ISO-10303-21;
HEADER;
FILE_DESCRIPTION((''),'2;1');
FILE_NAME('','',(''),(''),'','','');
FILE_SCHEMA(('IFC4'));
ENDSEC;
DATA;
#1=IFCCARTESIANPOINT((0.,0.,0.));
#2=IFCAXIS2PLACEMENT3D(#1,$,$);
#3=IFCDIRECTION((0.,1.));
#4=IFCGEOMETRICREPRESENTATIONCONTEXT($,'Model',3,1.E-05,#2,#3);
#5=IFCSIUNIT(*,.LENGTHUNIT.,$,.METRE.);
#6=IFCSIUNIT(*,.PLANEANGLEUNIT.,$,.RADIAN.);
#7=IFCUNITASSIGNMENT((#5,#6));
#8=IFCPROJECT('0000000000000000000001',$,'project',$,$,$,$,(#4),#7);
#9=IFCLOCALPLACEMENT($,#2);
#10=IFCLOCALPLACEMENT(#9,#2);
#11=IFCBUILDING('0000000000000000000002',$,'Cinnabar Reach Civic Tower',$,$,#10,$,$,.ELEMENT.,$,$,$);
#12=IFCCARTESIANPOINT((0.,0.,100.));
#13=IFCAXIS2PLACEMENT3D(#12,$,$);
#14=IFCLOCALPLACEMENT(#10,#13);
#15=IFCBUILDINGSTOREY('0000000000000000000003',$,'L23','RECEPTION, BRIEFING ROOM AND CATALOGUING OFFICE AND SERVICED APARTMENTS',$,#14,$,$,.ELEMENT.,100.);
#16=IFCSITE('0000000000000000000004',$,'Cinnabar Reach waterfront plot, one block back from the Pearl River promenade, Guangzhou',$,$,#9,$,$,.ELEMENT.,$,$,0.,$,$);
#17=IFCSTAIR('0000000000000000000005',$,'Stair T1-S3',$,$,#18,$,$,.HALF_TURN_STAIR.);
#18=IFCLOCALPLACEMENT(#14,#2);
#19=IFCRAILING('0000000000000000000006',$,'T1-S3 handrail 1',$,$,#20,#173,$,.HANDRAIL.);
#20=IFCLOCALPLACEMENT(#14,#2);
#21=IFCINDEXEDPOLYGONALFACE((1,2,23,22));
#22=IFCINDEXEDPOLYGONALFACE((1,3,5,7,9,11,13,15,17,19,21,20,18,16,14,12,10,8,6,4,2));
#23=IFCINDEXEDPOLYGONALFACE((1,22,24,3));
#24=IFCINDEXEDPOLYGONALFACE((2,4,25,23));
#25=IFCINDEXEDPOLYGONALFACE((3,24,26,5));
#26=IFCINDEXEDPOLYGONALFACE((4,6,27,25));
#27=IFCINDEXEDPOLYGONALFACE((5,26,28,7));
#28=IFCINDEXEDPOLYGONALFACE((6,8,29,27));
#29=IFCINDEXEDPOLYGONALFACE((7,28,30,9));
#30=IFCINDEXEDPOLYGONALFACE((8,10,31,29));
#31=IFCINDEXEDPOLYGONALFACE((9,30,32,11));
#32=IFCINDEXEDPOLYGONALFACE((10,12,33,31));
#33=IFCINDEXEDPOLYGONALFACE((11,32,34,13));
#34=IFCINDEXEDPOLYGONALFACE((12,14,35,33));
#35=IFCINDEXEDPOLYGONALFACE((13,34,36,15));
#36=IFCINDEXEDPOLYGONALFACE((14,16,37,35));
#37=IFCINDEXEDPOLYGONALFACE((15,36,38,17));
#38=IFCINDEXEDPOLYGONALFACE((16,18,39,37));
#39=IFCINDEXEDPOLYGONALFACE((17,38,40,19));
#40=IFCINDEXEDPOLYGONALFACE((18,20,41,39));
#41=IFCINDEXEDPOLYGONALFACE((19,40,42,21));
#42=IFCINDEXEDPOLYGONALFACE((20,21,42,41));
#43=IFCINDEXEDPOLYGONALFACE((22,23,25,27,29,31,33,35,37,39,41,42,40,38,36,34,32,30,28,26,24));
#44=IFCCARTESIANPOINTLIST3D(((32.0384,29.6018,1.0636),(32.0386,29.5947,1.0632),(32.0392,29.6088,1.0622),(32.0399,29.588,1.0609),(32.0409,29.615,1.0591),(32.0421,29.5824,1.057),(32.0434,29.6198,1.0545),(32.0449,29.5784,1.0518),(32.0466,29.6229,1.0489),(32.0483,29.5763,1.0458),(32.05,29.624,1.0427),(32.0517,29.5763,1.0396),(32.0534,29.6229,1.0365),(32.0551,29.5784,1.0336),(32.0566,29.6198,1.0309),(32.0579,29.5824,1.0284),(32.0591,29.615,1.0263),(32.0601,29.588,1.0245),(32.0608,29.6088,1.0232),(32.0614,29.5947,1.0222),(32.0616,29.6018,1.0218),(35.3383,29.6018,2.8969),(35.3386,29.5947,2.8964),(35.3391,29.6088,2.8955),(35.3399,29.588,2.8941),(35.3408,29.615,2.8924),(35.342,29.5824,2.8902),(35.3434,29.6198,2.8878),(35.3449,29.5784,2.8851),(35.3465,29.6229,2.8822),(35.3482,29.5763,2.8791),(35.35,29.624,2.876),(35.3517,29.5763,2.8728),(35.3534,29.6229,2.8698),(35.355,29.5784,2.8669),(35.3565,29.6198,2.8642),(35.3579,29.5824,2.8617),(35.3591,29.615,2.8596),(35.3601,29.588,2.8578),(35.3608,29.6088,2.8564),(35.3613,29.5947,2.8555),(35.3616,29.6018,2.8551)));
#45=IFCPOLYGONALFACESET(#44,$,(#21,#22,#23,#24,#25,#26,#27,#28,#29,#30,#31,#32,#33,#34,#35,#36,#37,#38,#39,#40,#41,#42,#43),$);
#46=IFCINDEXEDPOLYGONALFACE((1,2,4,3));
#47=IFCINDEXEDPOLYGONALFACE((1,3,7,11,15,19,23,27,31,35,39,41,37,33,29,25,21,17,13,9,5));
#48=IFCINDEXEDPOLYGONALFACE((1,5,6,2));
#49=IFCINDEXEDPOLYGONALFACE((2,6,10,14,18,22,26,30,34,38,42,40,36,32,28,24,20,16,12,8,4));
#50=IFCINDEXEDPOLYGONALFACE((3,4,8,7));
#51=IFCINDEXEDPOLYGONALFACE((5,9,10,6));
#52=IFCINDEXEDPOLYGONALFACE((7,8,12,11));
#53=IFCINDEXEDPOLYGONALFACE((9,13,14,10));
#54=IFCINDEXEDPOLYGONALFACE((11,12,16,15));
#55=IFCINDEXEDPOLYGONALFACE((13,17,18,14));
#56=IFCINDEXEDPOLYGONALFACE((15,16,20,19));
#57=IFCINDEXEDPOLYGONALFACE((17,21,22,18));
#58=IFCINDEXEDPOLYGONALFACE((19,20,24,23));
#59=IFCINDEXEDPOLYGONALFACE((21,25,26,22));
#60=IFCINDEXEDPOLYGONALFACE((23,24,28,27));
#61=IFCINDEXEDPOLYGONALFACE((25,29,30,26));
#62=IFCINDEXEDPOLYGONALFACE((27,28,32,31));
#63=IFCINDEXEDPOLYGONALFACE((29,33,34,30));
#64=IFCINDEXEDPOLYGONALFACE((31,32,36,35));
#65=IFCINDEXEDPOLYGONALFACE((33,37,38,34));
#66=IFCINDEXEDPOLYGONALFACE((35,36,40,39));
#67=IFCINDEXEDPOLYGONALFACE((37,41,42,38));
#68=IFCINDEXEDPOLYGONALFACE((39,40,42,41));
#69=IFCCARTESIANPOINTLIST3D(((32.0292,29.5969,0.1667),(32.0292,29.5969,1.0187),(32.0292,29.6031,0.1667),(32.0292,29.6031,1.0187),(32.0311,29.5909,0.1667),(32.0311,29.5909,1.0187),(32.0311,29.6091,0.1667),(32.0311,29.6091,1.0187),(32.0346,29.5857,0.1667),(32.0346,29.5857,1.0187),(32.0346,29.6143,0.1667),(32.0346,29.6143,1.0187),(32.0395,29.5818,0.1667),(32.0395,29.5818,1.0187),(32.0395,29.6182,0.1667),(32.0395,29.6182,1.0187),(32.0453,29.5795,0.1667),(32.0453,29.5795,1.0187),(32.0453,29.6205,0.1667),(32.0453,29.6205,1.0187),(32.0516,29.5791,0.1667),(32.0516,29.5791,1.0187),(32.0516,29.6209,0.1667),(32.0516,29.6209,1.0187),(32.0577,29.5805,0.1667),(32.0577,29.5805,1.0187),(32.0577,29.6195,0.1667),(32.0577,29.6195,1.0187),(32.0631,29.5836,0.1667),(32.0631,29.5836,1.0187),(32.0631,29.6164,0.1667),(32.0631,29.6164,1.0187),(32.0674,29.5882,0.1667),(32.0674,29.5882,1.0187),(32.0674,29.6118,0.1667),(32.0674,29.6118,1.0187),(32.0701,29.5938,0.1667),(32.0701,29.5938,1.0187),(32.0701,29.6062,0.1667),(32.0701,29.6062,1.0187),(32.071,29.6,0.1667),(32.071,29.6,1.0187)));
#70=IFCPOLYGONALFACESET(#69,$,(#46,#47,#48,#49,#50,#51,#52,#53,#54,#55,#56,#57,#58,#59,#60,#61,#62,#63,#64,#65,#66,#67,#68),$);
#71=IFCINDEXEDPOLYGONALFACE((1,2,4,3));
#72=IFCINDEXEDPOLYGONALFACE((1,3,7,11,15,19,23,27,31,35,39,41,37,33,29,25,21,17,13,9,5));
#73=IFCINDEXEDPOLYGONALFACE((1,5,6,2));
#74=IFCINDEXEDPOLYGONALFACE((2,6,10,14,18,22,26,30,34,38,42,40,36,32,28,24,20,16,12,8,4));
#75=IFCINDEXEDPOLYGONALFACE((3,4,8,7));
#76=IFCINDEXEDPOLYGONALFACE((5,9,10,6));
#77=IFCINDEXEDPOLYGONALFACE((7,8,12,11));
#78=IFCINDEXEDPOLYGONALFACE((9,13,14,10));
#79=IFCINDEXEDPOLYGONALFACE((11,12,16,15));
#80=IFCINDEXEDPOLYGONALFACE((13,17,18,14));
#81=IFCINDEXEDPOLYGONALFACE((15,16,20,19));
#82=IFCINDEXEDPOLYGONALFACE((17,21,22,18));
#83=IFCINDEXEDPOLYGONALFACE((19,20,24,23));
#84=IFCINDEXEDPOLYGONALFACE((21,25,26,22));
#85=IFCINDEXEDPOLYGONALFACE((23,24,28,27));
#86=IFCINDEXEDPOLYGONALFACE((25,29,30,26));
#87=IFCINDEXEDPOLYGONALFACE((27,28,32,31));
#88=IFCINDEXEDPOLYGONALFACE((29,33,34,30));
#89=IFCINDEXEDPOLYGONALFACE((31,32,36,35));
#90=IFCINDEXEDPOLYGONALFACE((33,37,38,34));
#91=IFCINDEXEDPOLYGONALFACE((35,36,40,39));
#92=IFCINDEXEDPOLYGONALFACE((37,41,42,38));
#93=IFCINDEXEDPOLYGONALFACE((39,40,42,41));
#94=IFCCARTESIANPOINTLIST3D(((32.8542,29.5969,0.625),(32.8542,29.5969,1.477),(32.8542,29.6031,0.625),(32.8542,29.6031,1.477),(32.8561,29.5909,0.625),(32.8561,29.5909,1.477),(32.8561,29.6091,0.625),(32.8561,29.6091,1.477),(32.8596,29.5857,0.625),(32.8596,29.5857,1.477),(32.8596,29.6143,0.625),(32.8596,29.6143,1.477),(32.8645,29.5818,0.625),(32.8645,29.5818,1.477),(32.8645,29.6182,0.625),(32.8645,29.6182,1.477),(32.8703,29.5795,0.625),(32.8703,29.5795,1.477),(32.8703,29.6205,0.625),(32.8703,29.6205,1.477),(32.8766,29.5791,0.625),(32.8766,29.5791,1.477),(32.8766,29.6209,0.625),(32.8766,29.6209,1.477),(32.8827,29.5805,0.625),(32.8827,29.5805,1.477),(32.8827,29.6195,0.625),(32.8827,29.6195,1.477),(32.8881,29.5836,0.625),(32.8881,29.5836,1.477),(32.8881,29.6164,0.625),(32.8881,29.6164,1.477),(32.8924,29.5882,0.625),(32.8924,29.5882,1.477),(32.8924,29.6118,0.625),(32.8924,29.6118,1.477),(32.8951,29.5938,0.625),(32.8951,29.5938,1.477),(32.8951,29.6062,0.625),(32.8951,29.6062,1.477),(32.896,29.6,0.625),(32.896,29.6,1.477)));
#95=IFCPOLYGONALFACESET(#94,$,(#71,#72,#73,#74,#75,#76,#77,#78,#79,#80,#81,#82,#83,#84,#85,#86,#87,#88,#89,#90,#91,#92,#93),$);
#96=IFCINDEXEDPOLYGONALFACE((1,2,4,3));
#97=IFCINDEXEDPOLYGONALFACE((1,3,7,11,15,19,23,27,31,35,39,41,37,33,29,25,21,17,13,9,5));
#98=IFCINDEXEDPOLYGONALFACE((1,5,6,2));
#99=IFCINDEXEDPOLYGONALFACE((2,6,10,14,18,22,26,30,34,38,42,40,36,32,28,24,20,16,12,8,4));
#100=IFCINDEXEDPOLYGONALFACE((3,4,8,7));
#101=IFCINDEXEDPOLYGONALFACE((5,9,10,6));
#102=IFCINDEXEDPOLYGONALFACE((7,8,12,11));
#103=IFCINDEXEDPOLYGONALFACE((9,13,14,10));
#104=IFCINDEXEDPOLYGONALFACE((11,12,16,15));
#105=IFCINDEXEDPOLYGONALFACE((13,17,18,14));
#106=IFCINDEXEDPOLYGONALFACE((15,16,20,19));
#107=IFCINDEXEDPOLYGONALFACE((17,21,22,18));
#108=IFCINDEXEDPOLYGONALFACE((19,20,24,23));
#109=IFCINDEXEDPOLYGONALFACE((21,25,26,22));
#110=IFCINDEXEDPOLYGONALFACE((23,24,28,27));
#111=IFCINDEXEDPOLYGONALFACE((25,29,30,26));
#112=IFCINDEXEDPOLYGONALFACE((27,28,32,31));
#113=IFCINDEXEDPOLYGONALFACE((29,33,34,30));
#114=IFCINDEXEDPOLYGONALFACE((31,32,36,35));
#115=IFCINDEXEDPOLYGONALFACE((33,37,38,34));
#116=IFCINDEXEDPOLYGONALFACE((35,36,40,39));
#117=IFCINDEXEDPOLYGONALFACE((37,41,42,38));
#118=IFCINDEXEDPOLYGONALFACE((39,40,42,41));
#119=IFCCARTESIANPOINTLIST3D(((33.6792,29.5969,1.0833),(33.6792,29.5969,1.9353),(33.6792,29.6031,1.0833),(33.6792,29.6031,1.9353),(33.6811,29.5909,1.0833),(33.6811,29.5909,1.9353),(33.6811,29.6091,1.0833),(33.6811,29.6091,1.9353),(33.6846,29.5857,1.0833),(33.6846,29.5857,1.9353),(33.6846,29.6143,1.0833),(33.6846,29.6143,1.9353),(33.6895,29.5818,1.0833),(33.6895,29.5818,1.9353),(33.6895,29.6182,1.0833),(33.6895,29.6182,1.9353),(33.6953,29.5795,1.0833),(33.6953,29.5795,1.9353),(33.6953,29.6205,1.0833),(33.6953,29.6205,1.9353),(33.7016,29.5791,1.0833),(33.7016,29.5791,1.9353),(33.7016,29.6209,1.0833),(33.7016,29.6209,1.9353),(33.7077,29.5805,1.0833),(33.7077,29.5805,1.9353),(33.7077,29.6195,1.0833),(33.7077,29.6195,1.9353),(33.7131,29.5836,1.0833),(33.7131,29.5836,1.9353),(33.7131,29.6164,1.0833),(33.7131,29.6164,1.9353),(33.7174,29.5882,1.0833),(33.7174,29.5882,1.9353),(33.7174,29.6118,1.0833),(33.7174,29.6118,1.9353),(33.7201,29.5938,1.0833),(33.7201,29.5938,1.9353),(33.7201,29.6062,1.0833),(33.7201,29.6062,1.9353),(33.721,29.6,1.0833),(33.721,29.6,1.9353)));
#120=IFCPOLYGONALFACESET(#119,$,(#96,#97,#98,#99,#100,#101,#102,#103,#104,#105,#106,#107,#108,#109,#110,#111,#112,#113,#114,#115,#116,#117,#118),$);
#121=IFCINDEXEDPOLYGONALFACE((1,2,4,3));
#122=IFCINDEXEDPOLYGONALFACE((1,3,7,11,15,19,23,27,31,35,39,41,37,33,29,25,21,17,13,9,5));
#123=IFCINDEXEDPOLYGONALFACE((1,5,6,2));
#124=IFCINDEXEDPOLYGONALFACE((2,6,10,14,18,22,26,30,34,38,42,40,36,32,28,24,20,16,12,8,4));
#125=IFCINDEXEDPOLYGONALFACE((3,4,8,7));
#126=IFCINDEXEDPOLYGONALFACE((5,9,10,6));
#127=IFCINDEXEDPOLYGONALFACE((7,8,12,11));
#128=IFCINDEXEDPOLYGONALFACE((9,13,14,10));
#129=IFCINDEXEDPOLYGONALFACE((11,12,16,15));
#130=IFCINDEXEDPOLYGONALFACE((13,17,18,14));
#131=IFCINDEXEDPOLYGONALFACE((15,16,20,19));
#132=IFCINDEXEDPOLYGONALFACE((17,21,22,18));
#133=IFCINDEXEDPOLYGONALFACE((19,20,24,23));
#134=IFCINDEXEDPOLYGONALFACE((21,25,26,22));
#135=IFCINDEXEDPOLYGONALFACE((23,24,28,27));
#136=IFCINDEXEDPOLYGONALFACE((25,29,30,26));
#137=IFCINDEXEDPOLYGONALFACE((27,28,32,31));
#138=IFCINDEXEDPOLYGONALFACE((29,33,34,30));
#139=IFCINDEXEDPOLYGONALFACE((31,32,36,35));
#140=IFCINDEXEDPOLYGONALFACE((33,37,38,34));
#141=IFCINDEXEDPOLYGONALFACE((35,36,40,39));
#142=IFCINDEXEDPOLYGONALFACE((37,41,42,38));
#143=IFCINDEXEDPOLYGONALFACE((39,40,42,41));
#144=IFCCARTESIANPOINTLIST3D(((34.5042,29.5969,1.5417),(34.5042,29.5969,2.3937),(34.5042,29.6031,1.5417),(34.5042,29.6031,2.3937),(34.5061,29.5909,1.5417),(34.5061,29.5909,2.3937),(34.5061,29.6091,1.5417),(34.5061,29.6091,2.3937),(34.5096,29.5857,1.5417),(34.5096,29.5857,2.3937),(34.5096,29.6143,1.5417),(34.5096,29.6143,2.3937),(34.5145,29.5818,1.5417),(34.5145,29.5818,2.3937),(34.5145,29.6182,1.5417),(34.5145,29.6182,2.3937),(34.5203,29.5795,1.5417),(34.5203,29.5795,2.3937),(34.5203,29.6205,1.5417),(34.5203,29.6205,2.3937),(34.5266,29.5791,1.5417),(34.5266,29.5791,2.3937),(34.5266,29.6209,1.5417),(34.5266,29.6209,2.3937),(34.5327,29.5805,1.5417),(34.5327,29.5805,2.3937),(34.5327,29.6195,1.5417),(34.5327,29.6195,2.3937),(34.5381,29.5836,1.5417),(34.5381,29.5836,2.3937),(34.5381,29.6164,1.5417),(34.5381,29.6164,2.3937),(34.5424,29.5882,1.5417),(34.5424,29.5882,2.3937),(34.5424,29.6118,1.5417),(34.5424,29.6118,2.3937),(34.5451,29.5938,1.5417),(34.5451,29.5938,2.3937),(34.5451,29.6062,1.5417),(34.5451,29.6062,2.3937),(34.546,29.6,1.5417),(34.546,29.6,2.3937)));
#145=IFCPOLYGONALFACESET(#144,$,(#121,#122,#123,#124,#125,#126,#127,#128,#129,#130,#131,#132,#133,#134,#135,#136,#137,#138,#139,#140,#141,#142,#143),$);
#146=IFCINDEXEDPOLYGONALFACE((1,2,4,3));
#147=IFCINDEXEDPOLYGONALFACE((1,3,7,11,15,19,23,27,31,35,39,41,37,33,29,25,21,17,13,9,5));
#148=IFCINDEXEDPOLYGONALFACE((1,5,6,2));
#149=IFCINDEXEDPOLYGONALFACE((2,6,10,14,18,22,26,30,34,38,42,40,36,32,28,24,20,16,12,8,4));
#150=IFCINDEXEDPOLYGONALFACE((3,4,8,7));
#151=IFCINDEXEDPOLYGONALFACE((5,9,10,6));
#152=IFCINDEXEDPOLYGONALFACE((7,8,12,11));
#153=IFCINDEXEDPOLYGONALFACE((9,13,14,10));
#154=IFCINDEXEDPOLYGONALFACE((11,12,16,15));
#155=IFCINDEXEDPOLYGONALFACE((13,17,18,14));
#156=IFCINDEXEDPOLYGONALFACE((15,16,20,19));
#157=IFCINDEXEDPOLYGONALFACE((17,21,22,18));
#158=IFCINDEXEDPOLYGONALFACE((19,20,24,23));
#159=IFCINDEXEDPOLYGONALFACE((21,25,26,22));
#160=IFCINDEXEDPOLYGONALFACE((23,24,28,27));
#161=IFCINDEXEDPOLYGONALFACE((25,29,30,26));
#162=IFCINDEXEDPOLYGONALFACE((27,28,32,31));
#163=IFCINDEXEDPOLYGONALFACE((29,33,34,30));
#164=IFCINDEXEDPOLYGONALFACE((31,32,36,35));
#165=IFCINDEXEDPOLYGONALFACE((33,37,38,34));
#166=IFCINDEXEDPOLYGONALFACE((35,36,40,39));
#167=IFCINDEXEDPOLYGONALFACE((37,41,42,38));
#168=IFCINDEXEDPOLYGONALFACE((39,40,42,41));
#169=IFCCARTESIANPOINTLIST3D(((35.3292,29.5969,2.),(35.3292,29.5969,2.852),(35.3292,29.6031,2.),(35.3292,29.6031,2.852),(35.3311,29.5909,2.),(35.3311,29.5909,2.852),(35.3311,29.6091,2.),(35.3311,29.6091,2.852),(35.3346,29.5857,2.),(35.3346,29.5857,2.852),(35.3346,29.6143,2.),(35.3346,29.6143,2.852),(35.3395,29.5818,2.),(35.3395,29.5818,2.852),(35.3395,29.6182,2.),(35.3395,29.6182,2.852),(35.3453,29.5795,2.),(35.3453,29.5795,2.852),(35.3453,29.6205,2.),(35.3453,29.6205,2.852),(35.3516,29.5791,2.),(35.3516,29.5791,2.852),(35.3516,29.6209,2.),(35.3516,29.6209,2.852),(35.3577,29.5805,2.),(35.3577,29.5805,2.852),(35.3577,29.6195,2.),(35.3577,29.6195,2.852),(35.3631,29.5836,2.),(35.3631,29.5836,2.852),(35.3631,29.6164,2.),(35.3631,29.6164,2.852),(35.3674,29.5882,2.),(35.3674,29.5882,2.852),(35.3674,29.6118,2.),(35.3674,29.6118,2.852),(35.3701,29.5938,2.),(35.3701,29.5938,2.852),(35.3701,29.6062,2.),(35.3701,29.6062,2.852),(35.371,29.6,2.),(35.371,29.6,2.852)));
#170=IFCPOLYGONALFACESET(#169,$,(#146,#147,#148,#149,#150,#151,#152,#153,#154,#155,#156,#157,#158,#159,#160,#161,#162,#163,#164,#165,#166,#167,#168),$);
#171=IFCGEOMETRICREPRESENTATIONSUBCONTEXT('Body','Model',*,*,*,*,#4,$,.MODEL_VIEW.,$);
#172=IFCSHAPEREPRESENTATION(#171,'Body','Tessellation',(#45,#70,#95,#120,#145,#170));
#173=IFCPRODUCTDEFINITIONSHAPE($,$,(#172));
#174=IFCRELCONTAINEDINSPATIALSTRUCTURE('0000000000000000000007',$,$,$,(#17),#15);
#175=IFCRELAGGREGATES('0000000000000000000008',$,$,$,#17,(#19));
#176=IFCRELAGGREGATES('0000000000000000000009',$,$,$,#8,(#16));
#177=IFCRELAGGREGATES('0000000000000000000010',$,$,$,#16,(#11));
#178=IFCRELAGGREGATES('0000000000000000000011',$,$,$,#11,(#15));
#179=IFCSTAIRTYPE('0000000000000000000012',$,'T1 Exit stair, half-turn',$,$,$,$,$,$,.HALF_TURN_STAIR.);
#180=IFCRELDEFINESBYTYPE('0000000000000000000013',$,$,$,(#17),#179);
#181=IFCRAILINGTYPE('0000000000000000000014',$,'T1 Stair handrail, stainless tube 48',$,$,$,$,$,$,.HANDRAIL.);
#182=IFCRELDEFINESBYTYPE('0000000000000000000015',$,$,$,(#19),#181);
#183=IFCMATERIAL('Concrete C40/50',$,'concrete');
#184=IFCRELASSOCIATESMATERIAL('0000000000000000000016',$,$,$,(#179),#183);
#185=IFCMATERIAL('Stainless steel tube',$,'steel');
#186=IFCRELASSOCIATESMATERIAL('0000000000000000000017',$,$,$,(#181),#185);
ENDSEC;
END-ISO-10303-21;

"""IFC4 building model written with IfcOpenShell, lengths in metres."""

from ifc_helpers import new_model, si_unit, direction, frame, origin, origin_2d, place, context, subcontext, project, spatial, circle, extrude, material, type_object, element, aggregate, save


model = new_model("IFC4")

# Units and contexts
model_context = context("Model", 3, precision=1e-05, world=origin(), true_north=direction((0.0, 1.0)))
body_context = subcontext(model_context, "Body", "Model", "MODEL_VIEW")
ifc_project = project(units=[si_unit("LENGTHUNIT", "METRE"), si_unit("PLANEANGLEUNIT", "RADIAN")], contexts=[model_context])

# Site, building, storey
site_placement = place(None, origin())
site = spatial("IfcSite", under=ifc_project, at=site_placement, Name="Cinnabar Reach waterfront plot, one block back from the Pearl River promenade, Guangzhou", CompositionType="ELEMENT", RefElevation=0.0)
building_placement = place(site_placement, origin())
building = spatial("IfcBuilding", under=site, at=building_placement, Name="Cinnabar Reach Civic Tower", CompositionType="ELEMENT")
storey_placement = place(building_placement, frame((0.0, 0.0, 100.0)))
storey = spatial("IfcBuildingStorey", under=building, at=storey_placement, Name="L23", Description="RECEPTION, BRIEFING ROOM AND CATALOGUING OFFICE AND SERVICED APARTMENTS", CompositionType="ELEMENT", Elevation=100.0)

# Stair, railing
ifc_material_1 = material(Name="Concrete C40/50", Category="concrete")
stair_type = type_object("IfcStairType", Name="T1 Exit stair, half-turn", PredefinedType="HALF_TURN_STAIR", material=ifc_material_1)
stair_placement = place(storey_placement, origin())
stair = element("IfcStair", 1, at=stair_placement, inside=storey, type_object=stair_type, Name="Stair T1-S3", PredefinedType="HALF_TURN_STAIR")
ifc_material_2 = material(Name="Stainless steel tube", Category="steel")
railing_type = type_object("IfcRailingType", Name="T1 Stair handrail, stainless tube 48", PredefinedType="HANDRAIL", material=ifc_material_2)
railing_1_placement = place(storey_placement, frame((32.05, 29.6, 0.1667)))
railing_1 = element("IfcRailing", 2, at=railing_1_placement, type_object=railing_type, Name="T1-S3 handrail 1", PredefinedType="HANDRAIL", context=body_context, shape_type="SweptSolid", body=[
    extrude(circle(Radius=0.024, at=origin_2d()), frame((0.0, 0.0, 0.876), z_axis=(0.874161, 0.0, 0.485636), x_axis=(0.0, 1.0, 0.0)), (0.0, 0.0, 1.0), 3.775),
    extrude(circle(Radius=0.021, at=origin_2d()), origin(), (0.0, 0.0, 1.0), 0.852),
    extrude(circle(Radius=0.021, at=origin_2d()), frame((0.825, 0.0, 0.4583)), (0.0, 0.0, 1.0), 0.852),
    extrude(circle(Radius=0.021, at=origin_2d()), frame((1.65, 0.0, 0.9166)), (0.0, 0.0, 1.0), 0.852),
    extrude(circle(Radius=0.021, at=origin_2d()), frame((2.475, 0.0, 1.375)), (0.0, 0.0, 1.0), 0.852),
    extrude(circle(Radius=0.021, at=origin_2d()), frame((3.3, 0.0, 1.8333)), (0.0, 0.0, 1.0), 0.852),
])
aggregate(stair, [railing_1])

save(model, "model.ifc")
